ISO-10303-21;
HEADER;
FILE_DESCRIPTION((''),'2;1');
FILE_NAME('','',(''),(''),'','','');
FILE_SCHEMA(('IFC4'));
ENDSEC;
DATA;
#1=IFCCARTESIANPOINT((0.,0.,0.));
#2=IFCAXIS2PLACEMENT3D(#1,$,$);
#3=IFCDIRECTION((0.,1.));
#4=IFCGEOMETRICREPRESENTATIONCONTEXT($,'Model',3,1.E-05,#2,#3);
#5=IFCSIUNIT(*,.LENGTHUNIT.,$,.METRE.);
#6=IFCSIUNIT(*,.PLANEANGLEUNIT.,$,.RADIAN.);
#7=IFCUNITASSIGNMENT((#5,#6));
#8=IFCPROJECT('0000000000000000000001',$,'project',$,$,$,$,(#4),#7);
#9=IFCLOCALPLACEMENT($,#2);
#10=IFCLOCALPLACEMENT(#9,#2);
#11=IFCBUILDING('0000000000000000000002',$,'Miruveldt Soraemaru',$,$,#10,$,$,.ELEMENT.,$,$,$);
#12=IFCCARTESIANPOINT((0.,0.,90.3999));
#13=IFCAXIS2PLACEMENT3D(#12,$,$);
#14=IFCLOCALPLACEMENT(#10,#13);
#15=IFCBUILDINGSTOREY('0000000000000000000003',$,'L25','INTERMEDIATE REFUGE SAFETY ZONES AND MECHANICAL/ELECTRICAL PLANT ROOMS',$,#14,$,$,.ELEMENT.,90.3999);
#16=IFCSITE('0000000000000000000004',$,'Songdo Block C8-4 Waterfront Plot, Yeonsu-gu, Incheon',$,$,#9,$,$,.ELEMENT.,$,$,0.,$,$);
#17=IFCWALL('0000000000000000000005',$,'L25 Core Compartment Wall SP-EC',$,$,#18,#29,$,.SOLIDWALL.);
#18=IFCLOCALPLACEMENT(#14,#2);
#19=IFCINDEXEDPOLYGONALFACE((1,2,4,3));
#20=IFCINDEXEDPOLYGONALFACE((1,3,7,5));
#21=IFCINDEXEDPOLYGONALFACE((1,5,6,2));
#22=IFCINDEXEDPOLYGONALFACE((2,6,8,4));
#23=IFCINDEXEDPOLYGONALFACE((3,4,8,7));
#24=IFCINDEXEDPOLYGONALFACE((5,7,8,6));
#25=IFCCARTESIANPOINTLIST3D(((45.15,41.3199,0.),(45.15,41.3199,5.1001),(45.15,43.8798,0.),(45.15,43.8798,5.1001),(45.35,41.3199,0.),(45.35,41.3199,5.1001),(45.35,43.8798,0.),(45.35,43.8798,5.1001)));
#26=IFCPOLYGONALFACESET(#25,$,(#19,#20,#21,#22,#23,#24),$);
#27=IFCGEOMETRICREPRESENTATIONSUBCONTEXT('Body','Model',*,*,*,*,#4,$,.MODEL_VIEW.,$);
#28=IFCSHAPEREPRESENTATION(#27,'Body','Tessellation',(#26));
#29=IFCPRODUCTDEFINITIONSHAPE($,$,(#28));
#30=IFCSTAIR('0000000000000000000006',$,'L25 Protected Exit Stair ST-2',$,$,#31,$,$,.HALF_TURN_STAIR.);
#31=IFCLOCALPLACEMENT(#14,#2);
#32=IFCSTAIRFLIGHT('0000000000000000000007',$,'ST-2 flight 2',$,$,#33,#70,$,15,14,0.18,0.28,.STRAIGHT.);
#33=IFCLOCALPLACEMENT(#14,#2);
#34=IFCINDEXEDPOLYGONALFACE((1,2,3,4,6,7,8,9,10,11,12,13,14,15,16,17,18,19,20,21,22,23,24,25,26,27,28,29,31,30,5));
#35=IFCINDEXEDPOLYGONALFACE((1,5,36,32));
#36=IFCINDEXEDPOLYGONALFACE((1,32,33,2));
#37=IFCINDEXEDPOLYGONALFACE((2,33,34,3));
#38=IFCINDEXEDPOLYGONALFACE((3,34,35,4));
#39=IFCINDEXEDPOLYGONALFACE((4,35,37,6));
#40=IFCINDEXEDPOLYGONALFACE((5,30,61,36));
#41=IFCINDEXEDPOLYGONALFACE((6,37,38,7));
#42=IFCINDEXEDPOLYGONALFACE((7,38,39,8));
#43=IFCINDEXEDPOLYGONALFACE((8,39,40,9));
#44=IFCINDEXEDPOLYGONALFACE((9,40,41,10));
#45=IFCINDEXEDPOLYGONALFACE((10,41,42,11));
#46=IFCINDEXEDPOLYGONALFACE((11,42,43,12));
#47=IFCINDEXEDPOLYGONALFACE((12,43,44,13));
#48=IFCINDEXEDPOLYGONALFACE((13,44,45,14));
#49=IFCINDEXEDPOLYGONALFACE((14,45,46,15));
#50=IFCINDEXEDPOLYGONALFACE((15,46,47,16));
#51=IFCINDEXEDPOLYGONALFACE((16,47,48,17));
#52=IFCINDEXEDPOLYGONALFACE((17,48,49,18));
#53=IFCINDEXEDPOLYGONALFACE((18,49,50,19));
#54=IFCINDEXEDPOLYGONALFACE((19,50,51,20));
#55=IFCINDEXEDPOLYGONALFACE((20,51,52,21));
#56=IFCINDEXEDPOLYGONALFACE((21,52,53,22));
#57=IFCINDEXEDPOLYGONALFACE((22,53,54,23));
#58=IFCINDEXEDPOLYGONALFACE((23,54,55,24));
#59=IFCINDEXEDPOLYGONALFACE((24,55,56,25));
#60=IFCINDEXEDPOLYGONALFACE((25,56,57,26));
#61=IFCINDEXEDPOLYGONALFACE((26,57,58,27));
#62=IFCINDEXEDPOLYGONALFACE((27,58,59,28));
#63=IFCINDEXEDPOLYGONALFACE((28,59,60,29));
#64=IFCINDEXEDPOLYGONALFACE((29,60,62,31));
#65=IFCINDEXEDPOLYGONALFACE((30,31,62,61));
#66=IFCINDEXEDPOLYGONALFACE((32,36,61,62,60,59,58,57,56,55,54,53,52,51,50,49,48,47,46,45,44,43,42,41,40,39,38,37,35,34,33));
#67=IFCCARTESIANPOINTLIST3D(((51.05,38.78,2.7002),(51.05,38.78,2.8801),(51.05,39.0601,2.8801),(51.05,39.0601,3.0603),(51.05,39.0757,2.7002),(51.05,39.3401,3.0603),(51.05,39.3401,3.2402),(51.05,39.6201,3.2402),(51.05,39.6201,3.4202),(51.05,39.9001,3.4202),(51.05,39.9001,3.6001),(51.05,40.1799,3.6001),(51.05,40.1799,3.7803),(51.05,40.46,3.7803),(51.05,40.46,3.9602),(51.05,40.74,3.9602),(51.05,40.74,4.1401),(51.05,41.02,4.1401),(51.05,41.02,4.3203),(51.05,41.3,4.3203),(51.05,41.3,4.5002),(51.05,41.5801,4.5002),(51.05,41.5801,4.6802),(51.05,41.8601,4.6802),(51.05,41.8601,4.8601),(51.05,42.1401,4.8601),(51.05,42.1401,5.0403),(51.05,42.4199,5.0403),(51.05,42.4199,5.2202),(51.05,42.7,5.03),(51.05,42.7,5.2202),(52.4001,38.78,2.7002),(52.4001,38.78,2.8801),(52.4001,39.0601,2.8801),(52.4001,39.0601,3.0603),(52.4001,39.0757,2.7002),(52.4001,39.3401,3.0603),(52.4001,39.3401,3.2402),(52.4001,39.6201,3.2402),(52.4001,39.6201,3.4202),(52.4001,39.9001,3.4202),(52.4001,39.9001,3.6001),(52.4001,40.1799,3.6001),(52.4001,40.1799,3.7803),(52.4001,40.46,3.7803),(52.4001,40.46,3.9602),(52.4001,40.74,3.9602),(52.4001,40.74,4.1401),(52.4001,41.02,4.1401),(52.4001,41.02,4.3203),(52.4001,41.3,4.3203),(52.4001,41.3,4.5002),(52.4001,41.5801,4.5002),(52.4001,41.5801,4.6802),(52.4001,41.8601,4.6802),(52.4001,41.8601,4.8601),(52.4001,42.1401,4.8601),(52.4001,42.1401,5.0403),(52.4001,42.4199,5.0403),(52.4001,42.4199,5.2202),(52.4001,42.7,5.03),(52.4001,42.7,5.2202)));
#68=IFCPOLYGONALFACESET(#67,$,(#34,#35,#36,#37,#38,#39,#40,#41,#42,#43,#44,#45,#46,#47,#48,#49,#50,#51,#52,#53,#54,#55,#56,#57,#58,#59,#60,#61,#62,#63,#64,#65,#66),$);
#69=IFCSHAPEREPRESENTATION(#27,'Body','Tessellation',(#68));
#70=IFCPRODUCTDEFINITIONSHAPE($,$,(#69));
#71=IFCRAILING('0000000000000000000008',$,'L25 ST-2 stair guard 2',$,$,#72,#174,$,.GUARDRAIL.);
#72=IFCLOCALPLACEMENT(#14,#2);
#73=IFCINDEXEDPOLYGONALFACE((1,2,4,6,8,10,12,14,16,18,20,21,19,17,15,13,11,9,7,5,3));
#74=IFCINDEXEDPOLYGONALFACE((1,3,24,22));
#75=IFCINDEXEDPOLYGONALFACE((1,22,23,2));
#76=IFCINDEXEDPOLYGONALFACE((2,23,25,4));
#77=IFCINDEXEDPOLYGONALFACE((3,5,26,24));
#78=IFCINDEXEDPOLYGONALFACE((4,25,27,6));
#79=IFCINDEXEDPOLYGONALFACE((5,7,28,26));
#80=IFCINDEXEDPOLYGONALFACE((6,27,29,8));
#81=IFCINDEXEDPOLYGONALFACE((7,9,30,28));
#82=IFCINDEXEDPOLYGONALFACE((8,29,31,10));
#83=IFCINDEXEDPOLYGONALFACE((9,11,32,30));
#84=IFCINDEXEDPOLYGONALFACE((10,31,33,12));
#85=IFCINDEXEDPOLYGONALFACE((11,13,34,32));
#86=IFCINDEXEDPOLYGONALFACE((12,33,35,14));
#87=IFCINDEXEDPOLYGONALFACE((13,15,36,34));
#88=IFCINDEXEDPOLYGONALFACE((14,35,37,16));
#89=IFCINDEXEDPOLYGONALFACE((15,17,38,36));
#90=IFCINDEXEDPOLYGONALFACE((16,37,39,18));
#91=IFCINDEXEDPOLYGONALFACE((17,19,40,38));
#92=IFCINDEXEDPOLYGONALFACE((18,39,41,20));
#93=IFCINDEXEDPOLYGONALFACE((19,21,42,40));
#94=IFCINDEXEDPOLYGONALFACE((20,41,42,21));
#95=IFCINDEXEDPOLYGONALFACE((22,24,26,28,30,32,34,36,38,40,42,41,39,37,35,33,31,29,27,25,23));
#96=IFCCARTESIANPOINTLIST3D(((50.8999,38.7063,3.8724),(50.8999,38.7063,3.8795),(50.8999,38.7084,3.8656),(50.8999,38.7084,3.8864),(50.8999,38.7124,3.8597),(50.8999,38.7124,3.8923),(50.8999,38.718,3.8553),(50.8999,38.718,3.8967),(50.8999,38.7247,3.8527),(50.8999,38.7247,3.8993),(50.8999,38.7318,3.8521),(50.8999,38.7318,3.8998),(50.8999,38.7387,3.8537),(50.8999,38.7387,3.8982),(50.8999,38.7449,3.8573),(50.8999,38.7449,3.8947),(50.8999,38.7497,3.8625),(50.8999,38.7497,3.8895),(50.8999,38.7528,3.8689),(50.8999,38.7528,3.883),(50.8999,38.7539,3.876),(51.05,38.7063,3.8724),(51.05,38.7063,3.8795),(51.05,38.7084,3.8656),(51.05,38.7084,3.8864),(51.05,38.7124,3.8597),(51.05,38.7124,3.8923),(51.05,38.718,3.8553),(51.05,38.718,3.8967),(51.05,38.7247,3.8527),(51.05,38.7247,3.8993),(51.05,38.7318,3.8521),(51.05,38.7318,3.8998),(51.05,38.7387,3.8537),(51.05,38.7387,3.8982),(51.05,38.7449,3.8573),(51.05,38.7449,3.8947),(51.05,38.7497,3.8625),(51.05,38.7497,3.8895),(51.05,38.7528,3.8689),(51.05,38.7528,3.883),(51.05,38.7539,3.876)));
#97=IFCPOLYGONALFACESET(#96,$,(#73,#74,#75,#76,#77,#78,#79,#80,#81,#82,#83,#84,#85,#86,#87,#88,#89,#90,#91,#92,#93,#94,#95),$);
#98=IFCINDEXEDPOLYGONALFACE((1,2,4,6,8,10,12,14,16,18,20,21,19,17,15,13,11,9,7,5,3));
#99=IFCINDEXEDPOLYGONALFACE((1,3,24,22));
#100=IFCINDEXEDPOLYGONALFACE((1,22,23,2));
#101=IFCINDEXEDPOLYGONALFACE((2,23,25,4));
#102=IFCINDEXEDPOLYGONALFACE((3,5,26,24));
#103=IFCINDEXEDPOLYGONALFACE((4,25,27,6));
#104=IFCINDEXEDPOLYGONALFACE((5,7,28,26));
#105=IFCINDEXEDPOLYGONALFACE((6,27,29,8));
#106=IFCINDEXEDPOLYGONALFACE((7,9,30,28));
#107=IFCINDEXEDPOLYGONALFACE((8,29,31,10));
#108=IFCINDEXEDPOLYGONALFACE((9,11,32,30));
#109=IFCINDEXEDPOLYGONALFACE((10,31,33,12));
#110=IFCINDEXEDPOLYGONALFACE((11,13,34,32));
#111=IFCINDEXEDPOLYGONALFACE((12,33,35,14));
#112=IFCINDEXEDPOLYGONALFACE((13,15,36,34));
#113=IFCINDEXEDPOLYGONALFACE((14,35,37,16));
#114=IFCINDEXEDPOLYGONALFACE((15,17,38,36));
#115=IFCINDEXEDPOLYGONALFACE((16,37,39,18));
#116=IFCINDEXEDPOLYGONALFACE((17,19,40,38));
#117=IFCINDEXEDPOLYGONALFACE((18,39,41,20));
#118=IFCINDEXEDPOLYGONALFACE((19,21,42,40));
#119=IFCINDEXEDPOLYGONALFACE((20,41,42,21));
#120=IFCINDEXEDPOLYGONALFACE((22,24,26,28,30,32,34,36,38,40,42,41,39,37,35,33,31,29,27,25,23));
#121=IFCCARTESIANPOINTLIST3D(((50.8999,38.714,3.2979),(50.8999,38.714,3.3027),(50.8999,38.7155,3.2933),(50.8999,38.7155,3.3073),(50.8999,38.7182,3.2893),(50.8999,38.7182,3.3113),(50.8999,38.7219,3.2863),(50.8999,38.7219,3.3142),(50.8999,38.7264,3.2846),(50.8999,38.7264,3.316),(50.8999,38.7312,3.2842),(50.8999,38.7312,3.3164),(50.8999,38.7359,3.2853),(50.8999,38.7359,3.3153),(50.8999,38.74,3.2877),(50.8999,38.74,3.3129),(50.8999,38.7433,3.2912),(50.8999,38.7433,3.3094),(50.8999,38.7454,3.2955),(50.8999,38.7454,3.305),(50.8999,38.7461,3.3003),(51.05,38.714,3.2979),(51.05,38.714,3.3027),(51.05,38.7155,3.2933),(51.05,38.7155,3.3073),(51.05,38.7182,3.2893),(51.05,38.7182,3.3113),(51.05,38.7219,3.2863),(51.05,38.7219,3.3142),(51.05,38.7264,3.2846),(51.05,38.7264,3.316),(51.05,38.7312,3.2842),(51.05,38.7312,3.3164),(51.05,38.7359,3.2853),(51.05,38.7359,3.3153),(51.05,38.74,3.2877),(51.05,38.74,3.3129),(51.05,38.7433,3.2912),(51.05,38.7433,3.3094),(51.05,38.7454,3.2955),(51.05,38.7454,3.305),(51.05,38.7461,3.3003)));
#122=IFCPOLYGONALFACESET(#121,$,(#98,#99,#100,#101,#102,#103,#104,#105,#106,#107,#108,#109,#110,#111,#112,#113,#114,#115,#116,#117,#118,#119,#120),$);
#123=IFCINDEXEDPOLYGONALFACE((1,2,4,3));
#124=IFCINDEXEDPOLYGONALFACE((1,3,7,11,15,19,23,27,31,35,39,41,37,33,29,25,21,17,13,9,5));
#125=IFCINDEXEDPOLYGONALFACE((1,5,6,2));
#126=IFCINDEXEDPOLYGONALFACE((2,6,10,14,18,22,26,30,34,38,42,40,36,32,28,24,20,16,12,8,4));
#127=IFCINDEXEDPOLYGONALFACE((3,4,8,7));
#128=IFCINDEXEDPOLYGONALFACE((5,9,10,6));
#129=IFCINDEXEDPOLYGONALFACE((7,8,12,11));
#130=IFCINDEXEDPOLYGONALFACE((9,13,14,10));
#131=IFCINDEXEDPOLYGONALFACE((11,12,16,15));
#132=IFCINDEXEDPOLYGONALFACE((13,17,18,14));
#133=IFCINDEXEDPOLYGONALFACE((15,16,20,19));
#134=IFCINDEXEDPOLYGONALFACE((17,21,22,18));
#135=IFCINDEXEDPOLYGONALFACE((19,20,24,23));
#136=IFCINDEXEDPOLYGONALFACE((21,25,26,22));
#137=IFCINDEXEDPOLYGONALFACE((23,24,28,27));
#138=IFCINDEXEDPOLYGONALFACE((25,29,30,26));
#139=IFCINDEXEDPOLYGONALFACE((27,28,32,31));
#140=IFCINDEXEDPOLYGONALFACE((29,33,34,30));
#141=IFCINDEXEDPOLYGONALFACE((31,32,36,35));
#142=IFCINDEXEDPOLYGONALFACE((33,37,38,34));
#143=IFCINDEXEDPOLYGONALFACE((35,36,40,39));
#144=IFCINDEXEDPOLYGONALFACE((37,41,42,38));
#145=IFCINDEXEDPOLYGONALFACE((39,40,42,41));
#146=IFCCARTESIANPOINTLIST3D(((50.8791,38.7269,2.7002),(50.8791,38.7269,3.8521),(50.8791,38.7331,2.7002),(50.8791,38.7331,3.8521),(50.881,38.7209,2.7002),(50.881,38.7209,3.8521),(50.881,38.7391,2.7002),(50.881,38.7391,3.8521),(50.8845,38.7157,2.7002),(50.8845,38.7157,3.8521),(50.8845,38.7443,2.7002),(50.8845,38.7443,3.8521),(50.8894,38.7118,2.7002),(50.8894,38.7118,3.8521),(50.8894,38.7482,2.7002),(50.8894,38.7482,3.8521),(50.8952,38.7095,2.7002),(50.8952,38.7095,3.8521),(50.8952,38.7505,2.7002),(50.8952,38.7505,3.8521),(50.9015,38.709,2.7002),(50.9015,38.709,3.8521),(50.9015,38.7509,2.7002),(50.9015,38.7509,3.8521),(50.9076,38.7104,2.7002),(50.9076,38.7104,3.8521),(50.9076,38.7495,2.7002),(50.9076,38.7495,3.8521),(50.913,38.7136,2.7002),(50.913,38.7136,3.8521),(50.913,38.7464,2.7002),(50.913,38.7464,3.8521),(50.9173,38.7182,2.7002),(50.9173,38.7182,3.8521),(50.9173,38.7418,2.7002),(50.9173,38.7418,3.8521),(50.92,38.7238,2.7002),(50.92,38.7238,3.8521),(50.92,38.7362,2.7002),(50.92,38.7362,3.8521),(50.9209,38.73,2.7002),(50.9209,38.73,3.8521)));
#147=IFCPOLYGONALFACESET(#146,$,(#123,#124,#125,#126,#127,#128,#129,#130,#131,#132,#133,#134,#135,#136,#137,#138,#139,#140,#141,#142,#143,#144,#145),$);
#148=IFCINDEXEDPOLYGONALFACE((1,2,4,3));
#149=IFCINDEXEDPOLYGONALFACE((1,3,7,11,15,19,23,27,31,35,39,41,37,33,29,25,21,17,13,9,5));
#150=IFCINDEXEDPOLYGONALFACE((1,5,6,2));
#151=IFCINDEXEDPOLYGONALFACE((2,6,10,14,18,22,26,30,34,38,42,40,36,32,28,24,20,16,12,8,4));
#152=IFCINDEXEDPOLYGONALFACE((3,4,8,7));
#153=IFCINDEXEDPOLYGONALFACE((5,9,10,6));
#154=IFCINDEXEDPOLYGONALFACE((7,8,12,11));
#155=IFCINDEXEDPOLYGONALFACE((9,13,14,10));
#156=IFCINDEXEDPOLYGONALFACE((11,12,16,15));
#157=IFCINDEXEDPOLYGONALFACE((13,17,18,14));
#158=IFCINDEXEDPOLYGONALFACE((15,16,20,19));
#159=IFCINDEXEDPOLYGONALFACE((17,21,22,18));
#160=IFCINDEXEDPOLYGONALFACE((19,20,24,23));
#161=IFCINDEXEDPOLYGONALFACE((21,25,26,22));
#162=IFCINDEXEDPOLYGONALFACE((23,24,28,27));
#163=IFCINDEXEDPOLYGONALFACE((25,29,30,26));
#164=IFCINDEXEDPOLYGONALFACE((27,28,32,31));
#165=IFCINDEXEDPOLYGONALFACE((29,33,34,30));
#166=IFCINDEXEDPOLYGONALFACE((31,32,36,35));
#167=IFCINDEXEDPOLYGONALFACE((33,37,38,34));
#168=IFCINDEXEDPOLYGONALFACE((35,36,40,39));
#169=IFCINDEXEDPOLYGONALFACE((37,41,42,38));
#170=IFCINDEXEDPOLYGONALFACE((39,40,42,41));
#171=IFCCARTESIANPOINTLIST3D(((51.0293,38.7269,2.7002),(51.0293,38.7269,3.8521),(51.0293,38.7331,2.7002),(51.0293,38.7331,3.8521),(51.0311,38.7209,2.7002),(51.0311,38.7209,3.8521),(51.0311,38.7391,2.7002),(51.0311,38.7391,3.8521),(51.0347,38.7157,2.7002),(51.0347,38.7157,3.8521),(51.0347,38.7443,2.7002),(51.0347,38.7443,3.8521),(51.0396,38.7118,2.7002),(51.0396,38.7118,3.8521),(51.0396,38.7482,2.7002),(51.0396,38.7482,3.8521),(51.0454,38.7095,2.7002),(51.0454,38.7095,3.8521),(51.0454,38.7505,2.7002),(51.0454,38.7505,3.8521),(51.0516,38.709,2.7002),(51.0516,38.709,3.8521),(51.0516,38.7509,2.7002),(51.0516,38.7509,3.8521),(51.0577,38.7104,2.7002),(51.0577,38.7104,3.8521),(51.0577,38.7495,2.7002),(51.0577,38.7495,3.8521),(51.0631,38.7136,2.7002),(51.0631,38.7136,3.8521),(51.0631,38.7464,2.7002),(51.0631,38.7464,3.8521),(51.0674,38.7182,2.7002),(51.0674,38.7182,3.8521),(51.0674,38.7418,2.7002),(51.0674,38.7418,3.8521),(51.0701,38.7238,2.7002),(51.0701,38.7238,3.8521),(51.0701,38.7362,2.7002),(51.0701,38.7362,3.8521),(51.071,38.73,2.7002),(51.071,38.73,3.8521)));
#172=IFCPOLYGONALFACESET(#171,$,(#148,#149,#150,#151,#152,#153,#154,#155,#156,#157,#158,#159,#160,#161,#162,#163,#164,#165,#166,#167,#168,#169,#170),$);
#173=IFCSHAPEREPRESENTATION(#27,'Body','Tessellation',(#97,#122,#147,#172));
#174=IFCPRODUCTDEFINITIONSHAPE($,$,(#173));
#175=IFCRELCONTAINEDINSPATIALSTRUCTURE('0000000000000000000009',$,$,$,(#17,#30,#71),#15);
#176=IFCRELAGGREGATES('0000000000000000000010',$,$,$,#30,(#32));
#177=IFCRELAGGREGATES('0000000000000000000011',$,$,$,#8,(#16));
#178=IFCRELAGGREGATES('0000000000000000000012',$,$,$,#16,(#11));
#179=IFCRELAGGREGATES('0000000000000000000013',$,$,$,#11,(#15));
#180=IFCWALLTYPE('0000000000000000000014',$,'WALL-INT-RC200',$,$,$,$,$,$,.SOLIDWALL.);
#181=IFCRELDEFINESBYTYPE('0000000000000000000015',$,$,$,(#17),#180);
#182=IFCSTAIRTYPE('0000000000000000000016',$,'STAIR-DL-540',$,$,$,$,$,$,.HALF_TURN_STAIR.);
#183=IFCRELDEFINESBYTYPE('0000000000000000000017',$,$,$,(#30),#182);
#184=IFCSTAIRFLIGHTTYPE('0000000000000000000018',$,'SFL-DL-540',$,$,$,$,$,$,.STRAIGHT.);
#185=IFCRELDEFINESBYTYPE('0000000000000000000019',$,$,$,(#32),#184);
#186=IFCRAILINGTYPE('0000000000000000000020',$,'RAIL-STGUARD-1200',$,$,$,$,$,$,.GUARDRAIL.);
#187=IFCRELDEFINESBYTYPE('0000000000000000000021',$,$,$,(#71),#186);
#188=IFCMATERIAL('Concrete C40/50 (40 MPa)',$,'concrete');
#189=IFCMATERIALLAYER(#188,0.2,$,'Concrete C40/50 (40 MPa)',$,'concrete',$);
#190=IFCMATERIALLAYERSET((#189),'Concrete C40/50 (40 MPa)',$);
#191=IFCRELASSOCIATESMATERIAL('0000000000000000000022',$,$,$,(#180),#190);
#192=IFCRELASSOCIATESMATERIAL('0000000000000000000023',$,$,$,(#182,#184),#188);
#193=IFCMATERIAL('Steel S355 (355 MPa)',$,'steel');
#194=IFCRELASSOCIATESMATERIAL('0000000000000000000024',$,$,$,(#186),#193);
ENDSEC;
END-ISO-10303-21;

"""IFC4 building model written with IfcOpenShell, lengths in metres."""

from ifc_helpers import new_model, si_unit, direction, frame, frame_2d, origin, origin_2d, place, context, subcontext, project, spatial, polyline, rectangle, circle, outline, extrude, material, layer, layer_set, type_object, element, aggregate, save


model = new_model("IFC4")

# Units and contexts
model_context = context("Model", 3, precision=1e-05, world=origin(), true_north=direction((0.0, 1.0)))
body_context = subcontext(model_context, "Body", "Model", "MODEL_VIEW")
ifc_project = project(units=[si_unit("LENGTHUNIT", "METRE"), si_unit("PLANEANGLEUNIT", "RADIAN")], contexts=[model_context])

# Site, building, storey
site_placement = place(None, origin())
site = spatial("IfcSite", under=ifc_project, at=site_placement, Name="Songdo Block C8-4 Waterfront Plot, Yeonsu-gu, Incheon", CompositionType="ELEMENT", RefElevation=0.0)
building_placement = place(site_placement, origin())
building = spatial("IfcBuilding", under=site, at=building_placement, Name="Miruveldt Soraemaru", CompositionType="ELEMENT")
storey_placement = place(building_placement, frame((0.0, 0.0, 90.3999)))
storey = spatial("IfcBuildingStorey", under=building, at=storey_placement, Name="L25", Description="INTERMEDIATE REFUGE SAFETY ZONES AND MECHANICAL/ELECTRICAL PLANT ROOMS", CompositionType="ELEMENT", Elevation=90.3999)

# Shared definitions
ifc_material_1 = material(Name="Concrete C40/50 (40 MPa)", Category="concrete")

# Shared definitions
ifc_layer_1 = layer(ifc_material_1, 0.2, Name="Concrete C40/50 (40 MPa)", Category="concrete")
ifc_layer_set_1 = layer_set([ifc_layer_1], Name="Concrete C40/50 (40 MPa)")
wall_type_1 = type_object("IfcWallType", Name="WALL-INT-RC200", PredefinedType="SOLIDWALL", material=ifc_layer_set_1)

# Wall
wall_1_placement = place(storey_placement, frame((45.25, 41.3201, 0.0), z_axis=(0.0, 0.0, 1.0), x_axis=(0.0, 1.0, 0.0)))
element("IfcWall", 1, at=wall_1_placement, inside=storey, type_object=wall_type_1, Name="L25 Core Compartment Wall SP-EC", PredefinedType="SOLIDWALL", context=body_context, shape_type="SweptSolid", body=[
    extrude(rectangle(XDim=2.5598, YDim=0.2, at=frame_2d((1.2798, 0.0))), origin(), (0.0, 0.0, 1.0), 5.1001),
])

# Stair, stair flight
stair_type = type_object("IfcStairType", Name="STAIR-DL-540", PredefinedType="HALF_TURN_STAIR", material=ifc_material_1)
stair_placement = place(storey_placement, origin())
stair = element("IfcStair", 2, at=stair_placement, inside=storey, type_object=stair_type, Name="L25 Protected Exit Stair ST-2", PredefinedType="HALF_TURN_STAIR")
stair_flight_type = type_object("IfcStairFlightType", Name="SFL-DL-540", PredefinedType="STRAIGHT", material=ifc_material_1)
stair_flight_placement = place(storey_placement, frame((51.7251, 38.78, 2.7002), z_axis=(0.0, 0.0, 1.0), x_axis=(0.0, 1.0, 0.0)))
stair_flight = element("IfcStairFlight", 3, at=stair_flight_placement, type_object=stair_flight_type, Name="ST-2 flight 2", NumberOfRisers=15, NumberOfTreads=14, PredefinedType="STRAIGHT", RiserHeight=0.18, TreadLength=0.28, context=body_context, shape_type="SweptSolid", body=[
    extrude(outline(polyline([(0.0, 0.0), (0.0, 0.1799), (0.28, 0.1799), (0.28, 0.3601), (0.5601, 0.3601), (0.5601, 0.54), (0.8401, 0.54), (0.8401, 0.72), (1.1201, 0.72), (1.1201, 0.8999), (1.3999, 0.8999), (1.3999, 1.0801), (1.6799, 1.0801), (1.6799, 1.26), (1.96, 1.26), (1.96, 1.4399), (2.24, 1.4399), (2.24, 1.6201), (2.52, 1.6201), (2.52, 1.8), (2.8, 1.8), (2.8, 1.98), (3.0801, 1.98), (3.0801, 2.1599), (3.3601, 2.1599), (3.3601, 2.3401), (3.6399, 2.3401), (3.6399, 2.52), (3.9199, 2.52), (3.9199, 2.7), (3.9199, 2.3298), (0.2957, 0.0), (0.0, 0.0)])), frame((0.0, 0.675, 0.0), z_axis=(0.0, -1.0, 0.0), x_axis=(1.0, 0.0, 0.0)), (0.0, 0.0, 1.0), 1.3501),
])
aggregate(stair, [stair_flight])

# Railing
ifc_material_2 = material(Name="Steel S355 (355 MPa)", Category="steel")
railing_type_1 = type_object("IfcRailingType", Name="RAIL-STGUARD-1200", PredefinedType="GUARDRAIL", material=ifc_material_2)
railing_1_placement = place(storey_placement, frame((50.8999, 38.73, 2.7002)))
element("IfcRailing", 4, at=railing_1_placement, inside=storey, type_object=railing_type_1, Name="L25 ST-2 stair guard 2", PredefinedType="GUARDRAIL", context=body_context, shape_type="SweptSolid", body=[
    extrude(circle(Radius=0.0239, at=origin_2d()), frame((0.0, 0.0, 1.1758), z_axis=(1.0, 0.0, 0.0), x_axis=(0.0, 1.0, 0.0)), (0.0, 0.0, 1.0), 0.1501),
    extrude(circle(Radius=0.0161, at=origin_2d()), frame((0.0, 0.0, 0.6001), z_axis=(1.0, 0.0, 0.0), x_axis=(0.0, 1.0, 0.0)), (0.0, 0.0, 1.0), 0.1501),
    extrude(circle(Radius=0.021, at=origin_2d()), origin(), (0.0, 0.0, 1.0), 1.1519),
    extrude(circle(Radius=0.021, at=origin_2d()), frame((0.1501, 0.0, 0.0)), (0.0, 0.0, 1.0), 1.1519),
])

save(model, "model.ifc")
